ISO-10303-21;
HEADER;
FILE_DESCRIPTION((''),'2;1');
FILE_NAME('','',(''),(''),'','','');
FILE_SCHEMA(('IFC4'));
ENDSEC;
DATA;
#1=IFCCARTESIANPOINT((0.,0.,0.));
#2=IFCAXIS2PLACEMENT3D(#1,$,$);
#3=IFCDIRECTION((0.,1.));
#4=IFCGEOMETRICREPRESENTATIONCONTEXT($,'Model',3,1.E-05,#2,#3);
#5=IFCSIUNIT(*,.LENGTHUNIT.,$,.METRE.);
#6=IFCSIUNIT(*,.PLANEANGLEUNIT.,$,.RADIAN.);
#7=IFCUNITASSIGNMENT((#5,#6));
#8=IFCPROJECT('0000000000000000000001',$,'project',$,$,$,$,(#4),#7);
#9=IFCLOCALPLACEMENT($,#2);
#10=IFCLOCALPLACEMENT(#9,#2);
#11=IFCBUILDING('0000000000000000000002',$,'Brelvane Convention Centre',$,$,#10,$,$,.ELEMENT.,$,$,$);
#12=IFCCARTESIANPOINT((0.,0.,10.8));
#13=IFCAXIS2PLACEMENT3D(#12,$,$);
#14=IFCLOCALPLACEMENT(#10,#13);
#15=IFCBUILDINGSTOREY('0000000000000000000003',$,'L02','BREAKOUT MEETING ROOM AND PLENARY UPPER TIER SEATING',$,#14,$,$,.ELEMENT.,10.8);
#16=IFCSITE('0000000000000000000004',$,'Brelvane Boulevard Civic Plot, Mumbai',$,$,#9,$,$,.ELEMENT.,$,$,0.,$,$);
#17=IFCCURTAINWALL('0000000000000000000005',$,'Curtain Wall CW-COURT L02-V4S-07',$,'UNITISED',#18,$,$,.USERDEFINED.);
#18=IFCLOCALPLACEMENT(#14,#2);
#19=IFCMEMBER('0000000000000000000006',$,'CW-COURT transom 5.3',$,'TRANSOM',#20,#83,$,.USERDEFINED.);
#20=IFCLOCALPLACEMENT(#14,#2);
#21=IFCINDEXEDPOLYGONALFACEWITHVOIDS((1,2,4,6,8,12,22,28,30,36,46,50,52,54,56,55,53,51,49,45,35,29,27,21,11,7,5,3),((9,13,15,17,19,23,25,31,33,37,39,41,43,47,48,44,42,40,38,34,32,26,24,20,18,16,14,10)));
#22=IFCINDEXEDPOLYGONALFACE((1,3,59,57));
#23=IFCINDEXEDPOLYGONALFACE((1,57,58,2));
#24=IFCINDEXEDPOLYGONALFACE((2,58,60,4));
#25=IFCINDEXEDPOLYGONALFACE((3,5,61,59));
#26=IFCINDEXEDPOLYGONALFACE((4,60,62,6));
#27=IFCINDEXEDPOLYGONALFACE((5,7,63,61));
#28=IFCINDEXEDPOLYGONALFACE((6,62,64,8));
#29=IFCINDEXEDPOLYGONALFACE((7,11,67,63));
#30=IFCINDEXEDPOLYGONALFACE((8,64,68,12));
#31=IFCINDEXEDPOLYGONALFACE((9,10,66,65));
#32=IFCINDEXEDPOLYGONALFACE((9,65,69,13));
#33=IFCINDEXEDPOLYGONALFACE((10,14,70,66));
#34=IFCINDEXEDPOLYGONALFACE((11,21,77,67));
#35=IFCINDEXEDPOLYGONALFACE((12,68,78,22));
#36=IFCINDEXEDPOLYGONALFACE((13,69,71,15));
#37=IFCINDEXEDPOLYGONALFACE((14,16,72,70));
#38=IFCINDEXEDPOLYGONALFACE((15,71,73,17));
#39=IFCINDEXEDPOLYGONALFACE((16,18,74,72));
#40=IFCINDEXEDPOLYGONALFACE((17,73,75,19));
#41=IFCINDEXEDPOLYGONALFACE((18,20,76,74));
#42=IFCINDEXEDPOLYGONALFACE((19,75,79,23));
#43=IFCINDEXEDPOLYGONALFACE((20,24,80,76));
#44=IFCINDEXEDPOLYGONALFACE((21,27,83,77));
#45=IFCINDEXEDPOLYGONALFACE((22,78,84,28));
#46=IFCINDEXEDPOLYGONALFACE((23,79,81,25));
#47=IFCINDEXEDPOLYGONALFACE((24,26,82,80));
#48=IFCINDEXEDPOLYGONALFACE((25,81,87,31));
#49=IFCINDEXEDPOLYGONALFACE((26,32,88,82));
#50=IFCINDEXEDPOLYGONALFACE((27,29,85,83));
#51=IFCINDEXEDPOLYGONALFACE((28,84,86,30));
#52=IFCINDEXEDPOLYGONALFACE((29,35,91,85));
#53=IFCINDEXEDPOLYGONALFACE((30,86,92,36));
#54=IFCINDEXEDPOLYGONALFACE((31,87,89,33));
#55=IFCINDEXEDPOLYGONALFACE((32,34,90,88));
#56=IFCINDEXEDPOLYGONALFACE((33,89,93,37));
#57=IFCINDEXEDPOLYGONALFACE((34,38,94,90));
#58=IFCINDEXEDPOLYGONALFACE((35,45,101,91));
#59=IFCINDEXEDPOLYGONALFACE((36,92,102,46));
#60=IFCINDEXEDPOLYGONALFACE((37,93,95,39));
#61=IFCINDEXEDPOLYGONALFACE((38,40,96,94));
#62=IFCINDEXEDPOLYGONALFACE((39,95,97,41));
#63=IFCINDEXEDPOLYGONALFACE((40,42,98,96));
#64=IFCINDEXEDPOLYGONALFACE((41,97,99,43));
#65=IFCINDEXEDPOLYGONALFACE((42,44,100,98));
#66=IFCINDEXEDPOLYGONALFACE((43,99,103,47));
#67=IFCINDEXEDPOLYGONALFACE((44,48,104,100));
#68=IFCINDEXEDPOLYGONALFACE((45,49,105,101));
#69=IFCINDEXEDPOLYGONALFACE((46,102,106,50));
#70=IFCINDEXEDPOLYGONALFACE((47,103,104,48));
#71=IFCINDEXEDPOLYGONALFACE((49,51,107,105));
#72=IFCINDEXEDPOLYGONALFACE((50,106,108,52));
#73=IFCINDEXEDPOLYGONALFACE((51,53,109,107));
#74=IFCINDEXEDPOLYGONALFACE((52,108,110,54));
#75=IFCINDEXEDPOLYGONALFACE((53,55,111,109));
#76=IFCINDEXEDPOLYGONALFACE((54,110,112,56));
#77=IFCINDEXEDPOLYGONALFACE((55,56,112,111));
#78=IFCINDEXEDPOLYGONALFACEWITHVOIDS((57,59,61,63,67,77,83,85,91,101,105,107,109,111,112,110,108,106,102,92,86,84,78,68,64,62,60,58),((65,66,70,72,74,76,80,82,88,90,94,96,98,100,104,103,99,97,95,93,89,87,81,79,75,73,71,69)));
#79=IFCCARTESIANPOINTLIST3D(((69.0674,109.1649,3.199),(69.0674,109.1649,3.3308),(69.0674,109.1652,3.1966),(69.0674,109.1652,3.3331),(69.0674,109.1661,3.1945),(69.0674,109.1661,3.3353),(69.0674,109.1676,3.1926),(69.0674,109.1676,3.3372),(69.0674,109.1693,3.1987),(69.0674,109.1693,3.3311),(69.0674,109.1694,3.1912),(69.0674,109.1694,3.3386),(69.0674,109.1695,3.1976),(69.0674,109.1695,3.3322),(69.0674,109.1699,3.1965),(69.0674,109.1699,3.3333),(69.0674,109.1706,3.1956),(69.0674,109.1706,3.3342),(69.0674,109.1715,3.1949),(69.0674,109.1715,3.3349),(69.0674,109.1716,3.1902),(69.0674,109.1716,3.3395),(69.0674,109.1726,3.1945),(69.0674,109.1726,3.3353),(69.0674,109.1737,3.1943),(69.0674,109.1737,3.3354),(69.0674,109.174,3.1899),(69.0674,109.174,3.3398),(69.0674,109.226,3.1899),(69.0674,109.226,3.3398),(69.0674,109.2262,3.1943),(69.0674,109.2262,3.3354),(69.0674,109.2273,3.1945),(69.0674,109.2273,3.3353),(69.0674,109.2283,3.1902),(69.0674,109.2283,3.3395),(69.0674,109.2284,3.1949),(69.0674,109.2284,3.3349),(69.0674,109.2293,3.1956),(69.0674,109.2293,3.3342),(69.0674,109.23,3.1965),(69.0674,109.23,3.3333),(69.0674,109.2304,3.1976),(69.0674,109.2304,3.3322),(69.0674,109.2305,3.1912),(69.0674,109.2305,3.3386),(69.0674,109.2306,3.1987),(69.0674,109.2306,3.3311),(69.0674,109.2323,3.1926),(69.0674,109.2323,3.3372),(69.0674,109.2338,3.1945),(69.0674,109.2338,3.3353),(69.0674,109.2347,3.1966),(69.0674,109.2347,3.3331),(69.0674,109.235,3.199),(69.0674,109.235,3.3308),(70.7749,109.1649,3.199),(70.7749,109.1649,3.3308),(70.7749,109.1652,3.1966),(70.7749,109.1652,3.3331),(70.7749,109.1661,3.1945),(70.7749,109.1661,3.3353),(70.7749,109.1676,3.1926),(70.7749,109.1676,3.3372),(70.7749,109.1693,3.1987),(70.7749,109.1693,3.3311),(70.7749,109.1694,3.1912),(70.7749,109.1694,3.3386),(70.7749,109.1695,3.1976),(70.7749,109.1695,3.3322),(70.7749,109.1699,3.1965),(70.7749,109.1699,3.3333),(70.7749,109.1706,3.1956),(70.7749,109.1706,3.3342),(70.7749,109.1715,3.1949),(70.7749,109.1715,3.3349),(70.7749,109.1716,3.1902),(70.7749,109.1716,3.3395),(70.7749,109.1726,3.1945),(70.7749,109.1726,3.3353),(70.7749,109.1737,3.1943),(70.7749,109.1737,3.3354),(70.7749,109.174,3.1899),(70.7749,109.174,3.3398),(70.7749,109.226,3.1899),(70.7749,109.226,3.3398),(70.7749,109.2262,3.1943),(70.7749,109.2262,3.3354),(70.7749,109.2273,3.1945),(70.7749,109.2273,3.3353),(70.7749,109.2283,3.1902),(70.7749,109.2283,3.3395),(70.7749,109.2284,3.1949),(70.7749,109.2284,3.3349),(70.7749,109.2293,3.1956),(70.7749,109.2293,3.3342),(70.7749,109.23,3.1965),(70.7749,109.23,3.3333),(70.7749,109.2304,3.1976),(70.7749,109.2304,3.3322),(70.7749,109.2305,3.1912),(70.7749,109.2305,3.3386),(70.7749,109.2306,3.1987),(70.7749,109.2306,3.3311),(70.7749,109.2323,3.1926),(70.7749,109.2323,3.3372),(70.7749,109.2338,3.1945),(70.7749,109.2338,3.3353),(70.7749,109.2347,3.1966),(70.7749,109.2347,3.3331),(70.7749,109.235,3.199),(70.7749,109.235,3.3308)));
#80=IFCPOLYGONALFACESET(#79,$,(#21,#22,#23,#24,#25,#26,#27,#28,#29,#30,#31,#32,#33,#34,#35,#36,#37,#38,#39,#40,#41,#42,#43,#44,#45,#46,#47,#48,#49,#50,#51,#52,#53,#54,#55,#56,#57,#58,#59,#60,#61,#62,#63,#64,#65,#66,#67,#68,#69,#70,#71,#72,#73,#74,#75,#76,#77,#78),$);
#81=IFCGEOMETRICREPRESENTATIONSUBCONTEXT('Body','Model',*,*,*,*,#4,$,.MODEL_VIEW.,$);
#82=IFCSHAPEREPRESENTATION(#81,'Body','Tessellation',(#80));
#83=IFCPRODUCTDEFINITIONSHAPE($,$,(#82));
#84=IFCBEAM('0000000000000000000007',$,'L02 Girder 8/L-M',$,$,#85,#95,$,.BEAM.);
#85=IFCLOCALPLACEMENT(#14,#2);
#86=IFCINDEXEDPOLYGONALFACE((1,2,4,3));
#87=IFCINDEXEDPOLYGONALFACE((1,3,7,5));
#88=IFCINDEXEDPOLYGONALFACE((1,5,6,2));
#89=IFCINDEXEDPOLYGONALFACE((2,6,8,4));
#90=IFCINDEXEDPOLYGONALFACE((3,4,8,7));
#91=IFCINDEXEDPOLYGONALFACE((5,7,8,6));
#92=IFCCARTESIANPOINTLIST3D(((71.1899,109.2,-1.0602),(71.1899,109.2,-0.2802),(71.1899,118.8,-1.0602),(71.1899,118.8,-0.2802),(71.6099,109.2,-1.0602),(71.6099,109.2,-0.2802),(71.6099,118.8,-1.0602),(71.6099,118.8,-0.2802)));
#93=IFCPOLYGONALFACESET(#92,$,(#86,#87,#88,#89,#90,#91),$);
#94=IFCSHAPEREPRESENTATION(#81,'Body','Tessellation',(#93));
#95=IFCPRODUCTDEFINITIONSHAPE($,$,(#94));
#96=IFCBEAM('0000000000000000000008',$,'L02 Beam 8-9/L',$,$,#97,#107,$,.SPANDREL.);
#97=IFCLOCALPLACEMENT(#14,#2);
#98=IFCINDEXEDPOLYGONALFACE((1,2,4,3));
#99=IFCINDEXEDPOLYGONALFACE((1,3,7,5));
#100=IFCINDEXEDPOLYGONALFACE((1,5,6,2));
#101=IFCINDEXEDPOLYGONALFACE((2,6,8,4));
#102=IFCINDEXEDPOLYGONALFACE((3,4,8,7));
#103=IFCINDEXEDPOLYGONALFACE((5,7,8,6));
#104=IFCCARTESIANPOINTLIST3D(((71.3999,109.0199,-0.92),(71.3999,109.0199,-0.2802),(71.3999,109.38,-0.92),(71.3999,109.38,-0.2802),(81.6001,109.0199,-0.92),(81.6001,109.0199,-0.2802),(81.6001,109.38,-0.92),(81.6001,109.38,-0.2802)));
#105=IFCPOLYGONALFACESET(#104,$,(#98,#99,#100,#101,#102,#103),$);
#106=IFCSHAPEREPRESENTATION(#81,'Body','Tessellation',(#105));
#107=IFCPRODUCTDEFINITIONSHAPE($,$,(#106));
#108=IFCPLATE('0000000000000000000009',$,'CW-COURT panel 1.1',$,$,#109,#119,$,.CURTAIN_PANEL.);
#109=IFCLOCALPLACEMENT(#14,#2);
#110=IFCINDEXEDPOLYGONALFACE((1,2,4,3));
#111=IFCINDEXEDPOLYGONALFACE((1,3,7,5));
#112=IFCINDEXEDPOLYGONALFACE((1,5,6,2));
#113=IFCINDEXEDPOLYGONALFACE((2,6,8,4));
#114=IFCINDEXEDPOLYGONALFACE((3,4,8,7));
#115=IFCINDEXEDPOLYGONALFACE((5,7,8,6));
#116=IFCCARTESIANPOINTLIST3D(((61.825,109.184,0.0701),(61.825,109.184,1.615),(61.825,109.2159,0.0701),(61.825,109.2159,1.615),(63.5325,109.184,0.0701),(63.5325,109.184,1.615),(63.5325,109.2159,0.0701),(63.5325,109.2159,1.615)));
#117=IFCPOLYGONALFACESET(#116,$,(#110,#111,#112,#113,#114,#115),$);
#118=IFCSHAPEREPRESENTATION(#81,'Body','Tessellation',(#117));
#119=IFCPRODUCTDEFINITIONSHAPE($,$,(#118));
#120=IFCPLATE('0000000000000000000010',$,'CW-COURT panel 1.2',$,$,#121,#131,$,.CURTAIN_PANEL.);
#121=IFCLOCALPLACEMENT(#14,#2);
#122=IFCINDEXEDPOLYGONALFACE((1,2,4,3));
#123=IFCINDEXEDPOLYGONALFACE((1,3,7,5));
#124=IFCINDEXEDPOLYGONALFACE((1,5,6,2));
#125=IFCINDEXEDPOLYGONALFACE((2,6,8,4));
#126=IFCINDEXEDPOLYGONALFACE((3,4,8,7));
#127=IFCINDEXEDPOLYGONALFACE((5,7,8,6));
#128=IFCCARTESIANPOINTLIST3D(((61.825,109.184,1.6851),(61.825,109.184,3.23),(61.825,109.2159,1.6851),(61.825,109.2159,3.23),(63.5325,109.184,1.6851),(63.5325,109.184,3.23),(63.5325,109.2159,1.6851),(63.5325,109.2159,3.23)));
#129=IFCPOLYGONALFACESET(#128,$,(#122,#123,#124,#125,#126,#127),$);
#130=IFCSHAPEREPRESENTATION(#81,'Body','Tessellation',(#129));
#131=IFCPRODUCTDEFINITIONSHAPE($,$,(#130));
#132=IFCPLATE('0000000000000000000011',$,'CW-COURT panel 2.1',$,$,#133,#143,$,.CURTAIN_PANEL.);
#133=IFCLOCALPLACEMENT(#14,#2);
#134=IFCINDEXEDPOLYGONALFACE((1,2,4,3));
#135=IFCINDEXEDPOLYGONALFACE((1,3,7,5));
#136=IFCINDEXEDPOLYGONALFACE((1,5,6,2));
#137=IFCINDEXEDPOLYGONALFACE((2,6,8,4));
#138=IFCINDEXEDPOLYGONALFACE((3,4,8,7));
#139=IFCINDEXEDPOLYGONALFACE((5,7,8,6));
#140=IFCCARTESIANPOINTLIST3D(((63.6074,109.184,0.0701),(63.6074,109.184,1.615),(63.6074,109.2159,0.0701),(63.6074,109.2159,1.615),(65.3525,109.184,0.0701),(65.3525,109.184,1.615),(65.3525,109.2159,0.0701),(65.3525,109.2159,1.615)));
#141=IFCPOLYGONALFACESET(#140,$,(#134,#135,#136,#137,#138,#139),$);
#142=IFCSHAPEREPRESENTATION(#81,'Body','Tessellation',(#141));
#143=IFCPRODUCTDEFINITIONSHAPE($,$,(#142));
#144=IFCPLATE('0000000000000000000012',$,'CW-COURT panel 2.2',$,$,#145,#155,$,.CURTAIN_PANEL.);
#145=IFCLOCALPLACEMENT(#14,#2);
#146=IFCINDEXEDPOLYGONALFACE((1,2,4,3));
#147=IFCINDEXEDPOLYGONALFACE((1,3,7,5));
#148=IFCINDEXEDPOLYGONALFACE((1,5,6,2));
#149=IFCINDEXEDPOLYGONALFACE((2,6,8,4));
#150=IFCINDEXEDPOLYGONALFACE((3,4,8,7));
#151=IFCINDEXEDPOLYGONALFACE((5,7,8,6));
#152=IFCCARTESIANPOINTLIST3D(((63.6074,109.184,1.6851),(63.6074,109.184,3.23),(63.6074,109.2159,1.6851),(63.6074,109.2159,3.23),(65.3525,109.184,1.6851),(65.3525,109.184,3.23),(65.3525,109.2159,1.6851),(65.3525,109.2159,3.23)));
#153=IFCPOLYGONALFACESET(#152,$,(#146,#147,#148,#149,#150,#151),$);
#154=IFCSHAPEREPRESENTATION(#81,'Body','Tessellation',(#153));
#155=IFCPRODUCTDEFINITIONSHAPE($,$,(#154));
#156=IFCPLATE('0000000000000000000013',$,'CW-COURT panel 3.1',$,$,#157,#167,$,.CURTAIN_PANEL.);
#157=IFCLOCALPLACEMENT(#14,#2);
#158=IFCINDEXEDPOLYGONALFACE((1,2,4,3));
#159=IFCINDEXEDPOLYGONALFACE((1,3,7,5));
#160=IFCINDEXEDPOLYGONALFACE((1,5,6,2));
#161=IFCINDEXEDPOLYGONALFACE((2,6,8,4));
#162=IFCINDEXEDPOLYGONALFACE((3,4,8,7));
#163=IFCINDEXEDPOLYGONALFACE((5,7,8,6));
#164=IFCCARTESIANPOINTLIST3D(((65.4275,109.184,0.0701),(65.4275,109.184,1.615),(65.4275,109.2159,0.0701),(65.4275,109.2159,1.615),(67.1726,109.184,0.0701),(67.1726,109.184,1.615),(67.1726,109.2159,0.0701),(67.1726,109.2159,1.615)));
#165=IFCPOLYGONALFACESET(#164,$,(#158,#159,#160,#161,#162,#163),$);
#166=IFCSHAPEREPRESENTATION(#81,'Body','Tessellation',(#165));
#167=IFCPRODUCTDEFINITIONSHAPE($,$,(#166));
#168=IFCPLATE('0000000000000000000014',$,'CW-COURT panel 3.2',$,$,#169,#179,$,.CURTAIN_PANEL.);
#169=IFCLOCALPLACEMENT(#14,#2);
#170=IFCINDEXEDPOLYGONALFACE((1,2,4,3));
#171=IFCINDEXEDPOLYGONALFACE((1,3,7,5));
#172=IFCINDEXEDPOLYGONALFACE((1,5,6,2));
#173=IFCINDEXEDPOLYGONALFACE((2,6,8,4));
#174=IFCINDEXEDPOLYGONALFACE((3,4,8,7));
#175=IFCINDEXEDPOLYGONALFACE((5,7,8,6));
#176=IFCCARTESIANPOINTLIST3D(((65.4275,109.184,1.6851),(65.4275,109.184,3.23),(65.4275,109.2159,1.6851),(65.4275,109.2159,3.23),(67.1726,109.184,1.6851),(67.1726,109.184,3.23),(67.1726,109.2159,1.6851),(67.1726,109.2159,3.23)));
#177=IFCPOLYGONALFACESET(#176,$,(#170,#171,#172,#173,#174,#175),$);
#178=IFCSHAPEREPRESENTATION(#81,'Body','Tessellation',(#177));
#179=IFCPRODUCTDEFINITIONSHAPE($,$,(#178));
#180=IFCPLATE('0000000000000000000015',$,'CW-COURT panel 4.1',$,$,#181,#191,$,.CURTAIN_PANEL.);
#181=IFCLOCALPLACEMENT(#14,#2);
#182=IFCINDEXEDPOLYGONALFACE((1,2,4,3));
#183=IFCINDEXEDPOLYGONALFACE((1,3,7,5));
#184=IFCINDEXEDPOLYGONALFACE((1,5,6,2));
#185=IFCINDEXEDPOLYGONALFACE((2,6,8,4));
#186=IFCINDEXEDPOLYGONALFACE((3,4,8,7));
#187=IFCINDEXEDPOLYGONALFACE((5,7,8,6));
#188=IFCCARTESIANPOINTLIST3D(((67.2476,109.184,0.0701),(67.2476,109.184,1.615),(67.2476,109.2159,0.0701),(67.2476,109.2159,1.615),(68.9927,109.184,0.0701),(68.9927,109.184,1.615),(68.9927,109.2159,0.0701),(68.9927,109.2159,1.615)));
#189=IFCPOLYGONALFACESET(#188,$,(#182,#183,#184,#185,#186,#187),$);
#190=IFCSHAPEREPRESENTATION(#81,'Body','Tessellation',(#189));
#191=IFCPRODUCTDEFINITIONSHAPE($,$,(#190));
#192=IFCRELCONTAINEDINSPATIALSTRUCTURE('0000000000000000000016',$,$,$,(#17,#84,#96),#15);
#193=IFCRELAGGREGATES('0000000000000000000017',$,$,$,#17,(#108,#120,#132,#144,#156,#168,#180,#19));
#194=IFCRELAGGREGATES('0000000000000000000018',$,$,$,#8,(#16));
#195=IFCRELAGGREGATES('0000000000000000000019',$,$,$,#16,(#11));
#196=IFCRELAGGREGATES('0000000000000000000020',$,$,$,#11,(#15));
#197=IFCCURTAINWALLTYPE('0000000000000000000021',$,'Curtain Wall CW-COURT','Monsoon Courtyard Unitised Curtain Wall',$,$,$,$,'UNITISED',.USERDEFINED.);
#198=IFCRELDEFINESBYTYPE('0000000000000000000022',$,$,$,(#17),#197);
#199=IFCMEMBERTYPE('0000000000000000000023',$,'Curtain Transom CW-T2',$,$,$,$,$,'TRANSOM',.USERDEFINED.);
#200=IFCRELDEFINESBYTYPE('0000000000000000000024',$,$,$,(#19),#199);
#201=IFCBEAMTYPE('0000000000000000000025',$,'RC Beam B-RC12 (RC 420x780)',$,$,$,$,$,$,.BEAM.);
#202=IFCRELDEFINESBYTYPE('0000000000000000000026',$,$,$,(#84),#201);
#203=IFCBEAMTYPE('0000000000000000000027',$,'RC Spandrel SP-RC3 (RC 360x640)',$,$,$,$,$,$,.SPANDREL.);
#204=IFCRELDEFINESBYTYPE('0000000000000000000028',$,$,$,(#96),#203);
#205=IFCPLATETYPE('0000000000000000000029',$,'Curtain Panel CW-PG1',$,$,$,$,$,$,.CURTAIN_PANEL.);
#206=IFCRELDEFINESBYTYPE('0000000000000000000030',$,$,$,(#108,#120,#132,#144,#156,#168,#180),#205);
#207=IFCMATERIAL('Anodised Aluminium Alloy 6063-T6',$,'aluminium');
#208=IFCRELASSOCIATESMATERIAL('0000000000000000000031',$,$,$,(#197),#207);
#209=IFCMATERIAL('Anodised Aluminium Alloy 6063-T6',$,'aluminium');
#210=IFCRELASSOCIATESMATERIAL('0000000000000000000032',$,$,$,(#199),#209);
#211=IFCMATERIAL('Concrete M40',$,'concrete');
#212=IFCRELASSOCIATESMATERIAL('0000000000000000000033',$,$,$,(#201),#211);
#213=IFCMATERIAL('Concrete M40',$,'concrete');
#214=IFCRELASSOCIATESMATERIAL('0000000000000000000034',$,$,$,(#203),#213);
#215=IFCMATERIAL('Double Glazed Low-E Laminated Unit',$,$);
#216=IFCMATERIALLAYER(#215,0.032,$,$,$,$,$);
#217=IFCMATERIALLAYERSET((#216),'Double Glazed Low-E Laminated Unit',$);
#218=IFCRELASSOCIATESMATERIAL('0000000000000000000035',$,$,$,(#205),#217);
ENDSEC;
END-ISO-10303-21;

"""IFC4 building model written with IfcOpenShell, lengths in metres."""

from ifc_helpers import new_model, si_unit, direction, frame, origin, origin_2d, place, context, subcontext, project, spatial, rectangle, hollow_rectangle, extrude, material, layer, layer_set, material_profile, profile_set, type_object, element, aggregate, save


model = new_model("IFC4")

# Units and contexts
model_context = context("Model", 3, precision=1e-05, world=origin(), true_north=direction((0.0, 1.0)))
body_context = subcontext(model_context, "Body", "Model", "MODEL_VIEW")
ifc_project = project(units=[si_unit("LENGTHUNIT", "METRE"), si_unit("PLANEANGLEUNIT", "RADIAN")], contexts=[model_context])

# Site, building, storey
site_placement = place(None, origin())
site = spatial("IfcSite", under=ifc_project, at=site_placement, Name="Brelvane Boulevard Civic Plot, Mumbai", CompositionType="ELEMENT", RefElevation=0.0)
building_placement = place(site_placement, origin())
building = spatial("IfcBuilding", under=site, at=building_placement, Name="Brelvane Convention Centre", CompositionType="ELEMENT")
storey_placement = place(building_placement, frame((0.0, 0.0, 10.8)))
storey = spatial("IfcBuildingStorey", under=building, at=storey_placement, Name="L02", Description="BREAKOUT MEETING ROOM AND PLENARY UPPER TIER SEATING", CompositionType="ELEMENT", Elevation=10.8)

# Curtain wall, member
ifc_material_1 = material(Name="Anodised Aluminium Alloy 6063-T6", Category="aluminium")
curtain_wall_type = type_object("IfcCurtainWallType", Name="Curtain Wall CW-COURT", Description="Monsoon Courtyard Unitised Curtain Wall", ElementType="UNITISED", PredefinedType="USERDEFINED", material=ifc_material_1)
curtain_wall_placement = place(storey_placement, origin())
curtain_wall = element("IfcCurtainWall", 1, at=curtain_wall_placement, inside=storey, type_object=curtain_wall_type, Name="Curtain Wall CW-COURT L02-V4S-07", ObjectType="UNITISED", PredefinedType="USERDEFINED")
ifc_material_2 = material(Name="Anodised Aluminium Alloy 6063-T6", Category="aluminium")
ifc_material_profile_1 = material_profile(ifc_material_2, hollow_rectangle(XDim=0.0701, YDim=0.1499, WallThickness=0.0044, InnerFilletRadius=0.0044, OuterFilletRadius=0.009, at=origin_2d()), Name="ALU-T 150x70x4.5")
ifc_profile_set_1 = profile_set([ifc_material_profile_1], Name="Anodised Aluminium Alloy 6063-T6")
member_type_1 = type_object("IfcMemberType", Name="Curtain Transom CW-T2", ElementType="TRANSOM", PredefinedType="USERDEFINED", material=ifc_profile_set_1)
member_1_placement = place(storey_placement, frame((69.0674, 109.2, 3.2649), z_axis=(1.0, 0.0, 0.0), x_axis=(0.0, 1.0, 0.0)))
member_1 = element("IfcMember", 2, at=member_1_placement, type_object=member_type_1, Name="CW-COURT transom 5.3", ObjectType="TRANSOM", PredefinedType="USERDEFINED", context=body_context, shape_type="SweptSolid", body=[
    extrude(hollow_rectangle(XDim=0.0701, YDim=0.1499, WallThickness=0.0044, InnerFilletRadius=0.0044, OuterFilletRadius=0.009, at=origin_2d()), origin(), (0.0, 0.0, 1.0), 1.7075),
])

# Beams
ifc_material_3 = material(Name="Concrete M40", Category="concrete")
ifc_material_profile_2 = material_profile(ifc_material_3, rectangle(XDim=0.4199, YDim=0.78, at=origin_2d()), Name="RC 420x780")
ifc_profile_set_2 = profile_set([ifc_material_profile_2], Name="Concrete M40")
beam_type_1 = type_object("IfcBeamType", Name="RC Beam B-RC12 (RC 420x780)", PredefinedType="BEAM", material=ifc_profile_set_2)
beam_1_placement = place(storey_placement, frame((71.3999, 109.2, -0.6702), z_axis=(0.0, 1.0, 0.0), x_axis=(-1.0, 0.0, 0.0)))
element("IfcBeam", 3, at=beam_1_placement, inside=storey, type_object=beam_type_1, Name="L02 Girder 8/L-M", PredefinedType="BEAM", context=body_context, shape_type="SweptSolid", body=[
    extrude(rectangle(XDim=0.4199, YDim=0.78, at=origin_2d()), origin(), (0.0, 0.0, 1.0), 9.6001),
])
ifc_material_4 = material(Name="Concrete M40", Category="concrete")
ifc_material_profile_3 = material_profile(ifc_material_4, rectangle(XDim=0.3601, YDim=0.6399, at=origin_2d()), Name="RC 360x640")
ifc_profile_set_3 = profile_set([ifc_material_profile_3], Name="Concrete M40")
beam_type_2 = type_object("IfcBeamType", Name="RC Spandrel SP-RC3 (RC 360x640)", PredefinedType="SPANDREL", material=ifc_profile_set_3)
beam_2_placement = place(storey_placement, frame((71.3999, 109.2, -0.6001), z_axis=(1.0, 0.0, 0.0), x_axis=(0.0, 1.0, 0.0)))
element("IfcBeam", 4, at=beam_2_placement, inside=storey, type_object=beam_type_2, Name="L02 Beam 8-9/L", PredefinedType="SPANDREL", context=body_context, shape_type="SweptSolid", body=[
    extrude(rectangle(XDim=0.3601, YDim=0.6399, at=origin_2d()), origin(), (0.0, 0.0, 1.0), 10.2002),
])

# Plates
ifc_material_5 = material(Name="Double Glazed Low-E Laminated Unit")
ifc_layer_1 = layer(ifc_material_5, 0.032)
ifc_layer_set_1 = layer_set([ifc_layer_1], Name="Double Glazed Low-E Laminated Unit")
plate_type = type_object("IfcPlateType", Name="Curtain Panel CW-PG1", PredefinedType="CURTAIN_PANEL", material=ifc_layer_set_1)
plate_1_placement = place(storey_placement, frame((62.6787, 109.2, 0.0701), z_axis=(0.0, 0.0, 1.0), x_axis=(1.0, 0.0, 0.0)))
plate_1 = element("IfcPlate", 5, at=plate_1_placement, type_object=plate_type, Name="CW-COURT panel 1.1", PredefinedType="CURTAIN_PANEL", context=body_context, shape_type="SweptSolid", body=[
    extrude(rectangle(XDim=1.7075, YDim=0.032, at=origin_2d()), origin(), (0.0, 0.0, 1.0), 1.5449),
])
plate_2_placement = place(storey_placement, frame((62.6787, 109.2, 1.6851), z_axis=(0.0, 0.0, 1.0), x_axis=(1.0, 0.0, 0.0)))
plate_2 = element("IfcPlate", 6, at=plate_2_placement, type_object=plate_type, Name="CW-COURT panel 1.2", PredefinedType="CURTAIN_PANEL", context=body_context, shape_type="SweptSolid", body=[
    extrude(rectangle(XDim=1.7075, YDim=0.032, at=origin_2d()), origin(), (0.0, 0.0, 1.0), 1.5449),
])
plate_3_placement = place(storey_placement, frame((64.48, 109.2, 0.0701), z_axis=(0.0, 0.0, 1.0), x_axis=(1.0, 0.0, 0.0)))
plate_3 = element("IfcPlate", 7, at=plate_3_placement, type_object=plate_type, Name="CW-COURT panel 2.1", PredefinedType="CURTAIN_PANEL", context=body_context, shape_type="SweptSolid", body=[
    extrude(rectangle(XDim=1.7451, YDim=0.032, at=origin_2d()), origin(), (0.0, 0.0, 1.0), 1.5449),
])
plate_4_placement = place(storey_placement, frame((64.48, 109.2, 1.6851), z_axis=(0.0, 0.0, 1.0), x_axis=(1.0, 0.0, 0.0)))
plate_4 = element("IfcPlate", 8, at=plate_4_placement, type_object=plate_type, Name="CW-COURT panel 2.2", PredefinedType="CURTAIN_PANEL", context=body_context, shape_type="SweptSolid", body=[
    extrude(rectangle(XDim=1.7451, YDim=0.032, at=origin_2d()), origin(), (0.0, 0.0, 1.0), 1.5449),
])
plate_5_placement = place(storey_placement, frame((66.3, 109.2, 0.0701), z_axis=(0.0, 0.0, 1.0), x_axis=(1.0, 0.0, 0.0)))
plate_5 = element("IfcPlate", 9, at=plate_5_placement, type_object=plate_type, Name="CW-COURT panel 3.1", PredefinedType="CURTAIN_PANEL", context=body_context, shape_type="SweptSolid", body=[
    extrude(rectangle(XDim=1.7451, YDim=0.032, at=origin_2d()), origin(), (0.0, 0.0, 1.0), 1.5449),
])
plate_6_placement = place(storey_placement, frame((66.3, 109.2, 1.6851), z_axis=(0.0, 0.0, 1.0), x_axis=(1.0, 0.0, 0.0)))
plate_6 = element("IfcPlate", 10, at=plate_6_placement, type_object=plate_type, Name="CW-COURT panel 3.2", PredefinedType="CURTAIN_PANEL", context=body_context, shape_type="SweptSolid", body=[
    extrude(rectangle(XDim=1.7451, YDim=0.032, at=origin_2d()), origin(), (0.0, 0.0, 1.0), 1.5449),
])
plate_7_placement = place(storey_placement, frame((68.1201, 109.2, 0.0701), z_axis=(0.0, 0.0, 1.0), x_axis=(1.0, 0.0, 0.0)))
plate_7 = element("IfcPlate", 11, at=plate_7_placement, type_object=plate_type, Name="CW-COURT panel 4.1", PredefinedType="CURTAIN_PANEL", context=body_context, shape_type="SweptSolid", body=[
    extrude(rectangle(XDim=1.7451, YDim=0.032, at=origin_2d()), origin(), (0.0, 0.0, 1.0), 1.5449),
])
aggregate(curtain_wall, [plate_1, plate_2, plate_3, plate_4, plate_5, plate_6, plate_7, member_1])

save(model, "model.ifc")
